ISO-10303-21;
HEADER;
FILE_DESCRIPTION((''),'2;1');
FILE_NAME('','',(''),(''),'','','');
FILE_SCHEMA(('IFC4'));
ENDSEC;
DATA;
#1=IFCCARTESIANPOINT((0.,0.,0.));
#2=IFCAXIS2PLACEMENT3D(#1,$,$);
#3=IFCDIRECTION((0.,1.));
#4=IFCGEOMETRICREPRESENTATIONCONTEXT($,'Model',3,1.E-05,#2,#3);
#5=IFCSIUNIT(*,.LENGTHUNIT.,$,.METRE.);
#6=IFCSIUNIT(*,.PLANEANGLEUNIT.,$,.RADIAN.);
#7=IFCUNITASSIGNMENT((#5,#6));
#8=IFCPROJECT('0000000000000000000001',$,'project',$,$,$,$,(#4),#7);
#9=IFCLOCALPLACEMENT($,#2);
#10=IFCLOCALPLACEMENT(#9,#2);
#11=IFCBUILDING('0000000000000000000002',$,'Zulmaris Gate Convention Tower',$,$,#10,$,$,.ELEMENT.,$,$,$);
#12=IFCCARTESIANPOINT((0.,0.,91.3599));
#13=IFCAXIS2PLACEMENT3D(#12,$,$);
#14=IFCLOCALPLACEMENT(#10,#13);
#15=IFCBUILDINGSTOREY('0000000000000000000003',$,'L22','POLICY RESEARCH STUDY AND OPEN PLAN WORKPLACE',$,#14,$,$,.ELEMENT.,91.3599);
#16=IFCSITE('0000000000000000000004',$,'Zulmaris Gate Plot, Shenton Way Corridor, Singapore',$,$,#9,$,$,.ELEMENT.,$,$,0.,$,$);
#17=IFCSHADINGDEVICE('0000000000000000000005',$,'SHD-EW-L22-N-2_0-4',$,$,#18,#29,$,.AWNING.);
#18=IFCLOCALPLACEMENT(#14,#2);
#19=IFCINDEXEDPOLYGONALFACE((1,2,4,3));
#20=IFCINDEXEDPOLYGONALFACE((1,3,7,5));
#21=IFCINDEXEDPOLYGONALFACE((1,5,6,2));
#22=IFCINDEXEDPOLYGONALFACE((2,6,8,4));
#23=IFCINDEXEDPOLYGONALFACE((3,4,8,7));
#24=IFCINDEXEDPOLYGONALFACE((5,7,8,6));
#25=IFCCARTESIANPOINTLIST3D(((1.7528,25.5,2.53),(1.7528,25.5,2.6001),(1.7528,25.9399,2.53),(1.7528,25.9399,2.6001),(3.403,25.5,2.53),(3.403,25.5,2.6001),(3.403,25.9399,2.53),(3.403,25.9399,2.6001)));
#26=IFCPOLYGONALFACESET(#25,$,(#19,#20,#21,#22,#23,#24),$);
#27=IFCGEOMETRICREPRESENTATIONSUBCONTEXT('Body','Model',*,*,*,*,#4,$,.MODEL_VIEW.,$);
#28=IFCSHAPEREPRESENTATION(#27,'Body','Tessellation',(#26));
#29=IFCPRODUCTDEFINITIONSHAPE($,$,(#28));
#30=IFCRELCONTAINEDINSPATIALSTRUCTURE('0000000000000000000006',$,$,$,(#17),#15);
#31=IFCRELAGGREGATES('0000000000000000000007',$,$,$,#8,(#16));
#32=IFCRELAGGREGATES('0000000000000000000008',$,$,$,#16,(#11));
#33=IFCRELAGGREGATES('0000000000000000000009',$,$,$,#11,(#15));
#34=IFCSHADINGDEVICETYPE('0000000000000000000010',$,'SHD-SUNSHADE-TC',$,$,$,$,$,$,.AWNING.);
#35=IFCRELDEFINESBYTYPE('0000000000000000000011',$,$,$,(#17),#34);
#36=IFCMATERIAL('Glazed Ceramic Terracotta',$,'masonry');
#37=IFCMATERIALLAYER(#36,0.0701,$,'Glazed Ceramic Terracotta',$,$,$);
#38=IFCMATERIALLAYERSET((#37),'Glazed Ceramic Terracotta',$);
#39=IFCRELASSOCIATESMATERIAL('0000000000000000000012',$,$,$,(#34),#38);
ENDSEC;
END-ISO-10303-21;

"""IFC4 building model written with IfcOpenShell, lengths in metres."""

from ifc_helpers import new_model, si_unit, direction, frame, frame_2d, origin, place, context, subcontext, project, spatial, rectangle, extrude, material, layer, layer_set, type_object, element, save


model = new_model("IFC4")

# Units and contexts
model_context = context("Model", 3, precision=1e-05, world=origin(), true_north=direction((0.0, 1.0)))
body_context = subcontext(model_context, "Body", "Model", "MODEL_VIEW")
ifc_project = project(units=[si_unit("LENGTHUNIT", "METRE"), si_unit("PLANEANGLEUNIT", "RADIAN")], contexts=[model_context])

# Site, building, storey
site_placement = place(None, origin())
site = spatial("IfcSite", under=ifc_project, at=site_placement, Name="Zulmaris Gate Plot, Shenton Way Corridor, Singapore", CompositionType="ELEMENT", RefElevation=0.0)
building_placement = place(site_placement, origin())
building = spatial("IfcBuilding", under=site, at=building_placement, Name="Zulmaris Gate Convention Tower", CompositionType="ELEMENT")
storey_placement = place(building_placement, frame((0.0, 0.0, 91.3599)))
storey = spatial("IfcBuildingStorey", under=building, at=storey_placement, Name="L22", Description="POLICY RESEARCH STUDY AND OPEN PLAN WORKPLACE", CompositionType="ELEMENT", Elevation=91.3599)

# Shading device
ifc_material_1 = material(Name="Glazed Ceramic Terracotta", Category="masonry")
ifc_layer_1 = layer(ifc_material_1, 0.0701, Name="Glazed Ceramic Terracotta")
ifc_layer_set_1 = layer_set([ifc_layer_1], Name="Glazed Ceramic Terracotta")
shading_device_type = type_object("IfcShadingDeviceType", Name="SHD-SUNSHADE-TC", PredefinedType="AWNING", material=ifc_layer_set_1)
for number, where, z_axis, x_axis, name in (
    (1, (3.4031, 25.72, 2.53), (0.0, 0.0, 1.0), (-1.0, 0.0, 0.0), "SHD-EW-L22-N-2_0-4"),
):
    element("IfcShadingDevice", number, at=place(storey_placement, frame(where, z_axis=z_axis, x_axis=x_axis)), inside=storey, type_object=shading_device_type, Name=name, PredefinedType="AWNING", context=body_context, shape_type="SweptSolid", body=[
        extrude(rectangle(XDim=1.6501, YDim=0.4399, at=frame_2d((0.8252, 0.0))), origin(), (0.0, 0.0, 1.0), 0.0701),
    ])

save(model, "model.ifc")
